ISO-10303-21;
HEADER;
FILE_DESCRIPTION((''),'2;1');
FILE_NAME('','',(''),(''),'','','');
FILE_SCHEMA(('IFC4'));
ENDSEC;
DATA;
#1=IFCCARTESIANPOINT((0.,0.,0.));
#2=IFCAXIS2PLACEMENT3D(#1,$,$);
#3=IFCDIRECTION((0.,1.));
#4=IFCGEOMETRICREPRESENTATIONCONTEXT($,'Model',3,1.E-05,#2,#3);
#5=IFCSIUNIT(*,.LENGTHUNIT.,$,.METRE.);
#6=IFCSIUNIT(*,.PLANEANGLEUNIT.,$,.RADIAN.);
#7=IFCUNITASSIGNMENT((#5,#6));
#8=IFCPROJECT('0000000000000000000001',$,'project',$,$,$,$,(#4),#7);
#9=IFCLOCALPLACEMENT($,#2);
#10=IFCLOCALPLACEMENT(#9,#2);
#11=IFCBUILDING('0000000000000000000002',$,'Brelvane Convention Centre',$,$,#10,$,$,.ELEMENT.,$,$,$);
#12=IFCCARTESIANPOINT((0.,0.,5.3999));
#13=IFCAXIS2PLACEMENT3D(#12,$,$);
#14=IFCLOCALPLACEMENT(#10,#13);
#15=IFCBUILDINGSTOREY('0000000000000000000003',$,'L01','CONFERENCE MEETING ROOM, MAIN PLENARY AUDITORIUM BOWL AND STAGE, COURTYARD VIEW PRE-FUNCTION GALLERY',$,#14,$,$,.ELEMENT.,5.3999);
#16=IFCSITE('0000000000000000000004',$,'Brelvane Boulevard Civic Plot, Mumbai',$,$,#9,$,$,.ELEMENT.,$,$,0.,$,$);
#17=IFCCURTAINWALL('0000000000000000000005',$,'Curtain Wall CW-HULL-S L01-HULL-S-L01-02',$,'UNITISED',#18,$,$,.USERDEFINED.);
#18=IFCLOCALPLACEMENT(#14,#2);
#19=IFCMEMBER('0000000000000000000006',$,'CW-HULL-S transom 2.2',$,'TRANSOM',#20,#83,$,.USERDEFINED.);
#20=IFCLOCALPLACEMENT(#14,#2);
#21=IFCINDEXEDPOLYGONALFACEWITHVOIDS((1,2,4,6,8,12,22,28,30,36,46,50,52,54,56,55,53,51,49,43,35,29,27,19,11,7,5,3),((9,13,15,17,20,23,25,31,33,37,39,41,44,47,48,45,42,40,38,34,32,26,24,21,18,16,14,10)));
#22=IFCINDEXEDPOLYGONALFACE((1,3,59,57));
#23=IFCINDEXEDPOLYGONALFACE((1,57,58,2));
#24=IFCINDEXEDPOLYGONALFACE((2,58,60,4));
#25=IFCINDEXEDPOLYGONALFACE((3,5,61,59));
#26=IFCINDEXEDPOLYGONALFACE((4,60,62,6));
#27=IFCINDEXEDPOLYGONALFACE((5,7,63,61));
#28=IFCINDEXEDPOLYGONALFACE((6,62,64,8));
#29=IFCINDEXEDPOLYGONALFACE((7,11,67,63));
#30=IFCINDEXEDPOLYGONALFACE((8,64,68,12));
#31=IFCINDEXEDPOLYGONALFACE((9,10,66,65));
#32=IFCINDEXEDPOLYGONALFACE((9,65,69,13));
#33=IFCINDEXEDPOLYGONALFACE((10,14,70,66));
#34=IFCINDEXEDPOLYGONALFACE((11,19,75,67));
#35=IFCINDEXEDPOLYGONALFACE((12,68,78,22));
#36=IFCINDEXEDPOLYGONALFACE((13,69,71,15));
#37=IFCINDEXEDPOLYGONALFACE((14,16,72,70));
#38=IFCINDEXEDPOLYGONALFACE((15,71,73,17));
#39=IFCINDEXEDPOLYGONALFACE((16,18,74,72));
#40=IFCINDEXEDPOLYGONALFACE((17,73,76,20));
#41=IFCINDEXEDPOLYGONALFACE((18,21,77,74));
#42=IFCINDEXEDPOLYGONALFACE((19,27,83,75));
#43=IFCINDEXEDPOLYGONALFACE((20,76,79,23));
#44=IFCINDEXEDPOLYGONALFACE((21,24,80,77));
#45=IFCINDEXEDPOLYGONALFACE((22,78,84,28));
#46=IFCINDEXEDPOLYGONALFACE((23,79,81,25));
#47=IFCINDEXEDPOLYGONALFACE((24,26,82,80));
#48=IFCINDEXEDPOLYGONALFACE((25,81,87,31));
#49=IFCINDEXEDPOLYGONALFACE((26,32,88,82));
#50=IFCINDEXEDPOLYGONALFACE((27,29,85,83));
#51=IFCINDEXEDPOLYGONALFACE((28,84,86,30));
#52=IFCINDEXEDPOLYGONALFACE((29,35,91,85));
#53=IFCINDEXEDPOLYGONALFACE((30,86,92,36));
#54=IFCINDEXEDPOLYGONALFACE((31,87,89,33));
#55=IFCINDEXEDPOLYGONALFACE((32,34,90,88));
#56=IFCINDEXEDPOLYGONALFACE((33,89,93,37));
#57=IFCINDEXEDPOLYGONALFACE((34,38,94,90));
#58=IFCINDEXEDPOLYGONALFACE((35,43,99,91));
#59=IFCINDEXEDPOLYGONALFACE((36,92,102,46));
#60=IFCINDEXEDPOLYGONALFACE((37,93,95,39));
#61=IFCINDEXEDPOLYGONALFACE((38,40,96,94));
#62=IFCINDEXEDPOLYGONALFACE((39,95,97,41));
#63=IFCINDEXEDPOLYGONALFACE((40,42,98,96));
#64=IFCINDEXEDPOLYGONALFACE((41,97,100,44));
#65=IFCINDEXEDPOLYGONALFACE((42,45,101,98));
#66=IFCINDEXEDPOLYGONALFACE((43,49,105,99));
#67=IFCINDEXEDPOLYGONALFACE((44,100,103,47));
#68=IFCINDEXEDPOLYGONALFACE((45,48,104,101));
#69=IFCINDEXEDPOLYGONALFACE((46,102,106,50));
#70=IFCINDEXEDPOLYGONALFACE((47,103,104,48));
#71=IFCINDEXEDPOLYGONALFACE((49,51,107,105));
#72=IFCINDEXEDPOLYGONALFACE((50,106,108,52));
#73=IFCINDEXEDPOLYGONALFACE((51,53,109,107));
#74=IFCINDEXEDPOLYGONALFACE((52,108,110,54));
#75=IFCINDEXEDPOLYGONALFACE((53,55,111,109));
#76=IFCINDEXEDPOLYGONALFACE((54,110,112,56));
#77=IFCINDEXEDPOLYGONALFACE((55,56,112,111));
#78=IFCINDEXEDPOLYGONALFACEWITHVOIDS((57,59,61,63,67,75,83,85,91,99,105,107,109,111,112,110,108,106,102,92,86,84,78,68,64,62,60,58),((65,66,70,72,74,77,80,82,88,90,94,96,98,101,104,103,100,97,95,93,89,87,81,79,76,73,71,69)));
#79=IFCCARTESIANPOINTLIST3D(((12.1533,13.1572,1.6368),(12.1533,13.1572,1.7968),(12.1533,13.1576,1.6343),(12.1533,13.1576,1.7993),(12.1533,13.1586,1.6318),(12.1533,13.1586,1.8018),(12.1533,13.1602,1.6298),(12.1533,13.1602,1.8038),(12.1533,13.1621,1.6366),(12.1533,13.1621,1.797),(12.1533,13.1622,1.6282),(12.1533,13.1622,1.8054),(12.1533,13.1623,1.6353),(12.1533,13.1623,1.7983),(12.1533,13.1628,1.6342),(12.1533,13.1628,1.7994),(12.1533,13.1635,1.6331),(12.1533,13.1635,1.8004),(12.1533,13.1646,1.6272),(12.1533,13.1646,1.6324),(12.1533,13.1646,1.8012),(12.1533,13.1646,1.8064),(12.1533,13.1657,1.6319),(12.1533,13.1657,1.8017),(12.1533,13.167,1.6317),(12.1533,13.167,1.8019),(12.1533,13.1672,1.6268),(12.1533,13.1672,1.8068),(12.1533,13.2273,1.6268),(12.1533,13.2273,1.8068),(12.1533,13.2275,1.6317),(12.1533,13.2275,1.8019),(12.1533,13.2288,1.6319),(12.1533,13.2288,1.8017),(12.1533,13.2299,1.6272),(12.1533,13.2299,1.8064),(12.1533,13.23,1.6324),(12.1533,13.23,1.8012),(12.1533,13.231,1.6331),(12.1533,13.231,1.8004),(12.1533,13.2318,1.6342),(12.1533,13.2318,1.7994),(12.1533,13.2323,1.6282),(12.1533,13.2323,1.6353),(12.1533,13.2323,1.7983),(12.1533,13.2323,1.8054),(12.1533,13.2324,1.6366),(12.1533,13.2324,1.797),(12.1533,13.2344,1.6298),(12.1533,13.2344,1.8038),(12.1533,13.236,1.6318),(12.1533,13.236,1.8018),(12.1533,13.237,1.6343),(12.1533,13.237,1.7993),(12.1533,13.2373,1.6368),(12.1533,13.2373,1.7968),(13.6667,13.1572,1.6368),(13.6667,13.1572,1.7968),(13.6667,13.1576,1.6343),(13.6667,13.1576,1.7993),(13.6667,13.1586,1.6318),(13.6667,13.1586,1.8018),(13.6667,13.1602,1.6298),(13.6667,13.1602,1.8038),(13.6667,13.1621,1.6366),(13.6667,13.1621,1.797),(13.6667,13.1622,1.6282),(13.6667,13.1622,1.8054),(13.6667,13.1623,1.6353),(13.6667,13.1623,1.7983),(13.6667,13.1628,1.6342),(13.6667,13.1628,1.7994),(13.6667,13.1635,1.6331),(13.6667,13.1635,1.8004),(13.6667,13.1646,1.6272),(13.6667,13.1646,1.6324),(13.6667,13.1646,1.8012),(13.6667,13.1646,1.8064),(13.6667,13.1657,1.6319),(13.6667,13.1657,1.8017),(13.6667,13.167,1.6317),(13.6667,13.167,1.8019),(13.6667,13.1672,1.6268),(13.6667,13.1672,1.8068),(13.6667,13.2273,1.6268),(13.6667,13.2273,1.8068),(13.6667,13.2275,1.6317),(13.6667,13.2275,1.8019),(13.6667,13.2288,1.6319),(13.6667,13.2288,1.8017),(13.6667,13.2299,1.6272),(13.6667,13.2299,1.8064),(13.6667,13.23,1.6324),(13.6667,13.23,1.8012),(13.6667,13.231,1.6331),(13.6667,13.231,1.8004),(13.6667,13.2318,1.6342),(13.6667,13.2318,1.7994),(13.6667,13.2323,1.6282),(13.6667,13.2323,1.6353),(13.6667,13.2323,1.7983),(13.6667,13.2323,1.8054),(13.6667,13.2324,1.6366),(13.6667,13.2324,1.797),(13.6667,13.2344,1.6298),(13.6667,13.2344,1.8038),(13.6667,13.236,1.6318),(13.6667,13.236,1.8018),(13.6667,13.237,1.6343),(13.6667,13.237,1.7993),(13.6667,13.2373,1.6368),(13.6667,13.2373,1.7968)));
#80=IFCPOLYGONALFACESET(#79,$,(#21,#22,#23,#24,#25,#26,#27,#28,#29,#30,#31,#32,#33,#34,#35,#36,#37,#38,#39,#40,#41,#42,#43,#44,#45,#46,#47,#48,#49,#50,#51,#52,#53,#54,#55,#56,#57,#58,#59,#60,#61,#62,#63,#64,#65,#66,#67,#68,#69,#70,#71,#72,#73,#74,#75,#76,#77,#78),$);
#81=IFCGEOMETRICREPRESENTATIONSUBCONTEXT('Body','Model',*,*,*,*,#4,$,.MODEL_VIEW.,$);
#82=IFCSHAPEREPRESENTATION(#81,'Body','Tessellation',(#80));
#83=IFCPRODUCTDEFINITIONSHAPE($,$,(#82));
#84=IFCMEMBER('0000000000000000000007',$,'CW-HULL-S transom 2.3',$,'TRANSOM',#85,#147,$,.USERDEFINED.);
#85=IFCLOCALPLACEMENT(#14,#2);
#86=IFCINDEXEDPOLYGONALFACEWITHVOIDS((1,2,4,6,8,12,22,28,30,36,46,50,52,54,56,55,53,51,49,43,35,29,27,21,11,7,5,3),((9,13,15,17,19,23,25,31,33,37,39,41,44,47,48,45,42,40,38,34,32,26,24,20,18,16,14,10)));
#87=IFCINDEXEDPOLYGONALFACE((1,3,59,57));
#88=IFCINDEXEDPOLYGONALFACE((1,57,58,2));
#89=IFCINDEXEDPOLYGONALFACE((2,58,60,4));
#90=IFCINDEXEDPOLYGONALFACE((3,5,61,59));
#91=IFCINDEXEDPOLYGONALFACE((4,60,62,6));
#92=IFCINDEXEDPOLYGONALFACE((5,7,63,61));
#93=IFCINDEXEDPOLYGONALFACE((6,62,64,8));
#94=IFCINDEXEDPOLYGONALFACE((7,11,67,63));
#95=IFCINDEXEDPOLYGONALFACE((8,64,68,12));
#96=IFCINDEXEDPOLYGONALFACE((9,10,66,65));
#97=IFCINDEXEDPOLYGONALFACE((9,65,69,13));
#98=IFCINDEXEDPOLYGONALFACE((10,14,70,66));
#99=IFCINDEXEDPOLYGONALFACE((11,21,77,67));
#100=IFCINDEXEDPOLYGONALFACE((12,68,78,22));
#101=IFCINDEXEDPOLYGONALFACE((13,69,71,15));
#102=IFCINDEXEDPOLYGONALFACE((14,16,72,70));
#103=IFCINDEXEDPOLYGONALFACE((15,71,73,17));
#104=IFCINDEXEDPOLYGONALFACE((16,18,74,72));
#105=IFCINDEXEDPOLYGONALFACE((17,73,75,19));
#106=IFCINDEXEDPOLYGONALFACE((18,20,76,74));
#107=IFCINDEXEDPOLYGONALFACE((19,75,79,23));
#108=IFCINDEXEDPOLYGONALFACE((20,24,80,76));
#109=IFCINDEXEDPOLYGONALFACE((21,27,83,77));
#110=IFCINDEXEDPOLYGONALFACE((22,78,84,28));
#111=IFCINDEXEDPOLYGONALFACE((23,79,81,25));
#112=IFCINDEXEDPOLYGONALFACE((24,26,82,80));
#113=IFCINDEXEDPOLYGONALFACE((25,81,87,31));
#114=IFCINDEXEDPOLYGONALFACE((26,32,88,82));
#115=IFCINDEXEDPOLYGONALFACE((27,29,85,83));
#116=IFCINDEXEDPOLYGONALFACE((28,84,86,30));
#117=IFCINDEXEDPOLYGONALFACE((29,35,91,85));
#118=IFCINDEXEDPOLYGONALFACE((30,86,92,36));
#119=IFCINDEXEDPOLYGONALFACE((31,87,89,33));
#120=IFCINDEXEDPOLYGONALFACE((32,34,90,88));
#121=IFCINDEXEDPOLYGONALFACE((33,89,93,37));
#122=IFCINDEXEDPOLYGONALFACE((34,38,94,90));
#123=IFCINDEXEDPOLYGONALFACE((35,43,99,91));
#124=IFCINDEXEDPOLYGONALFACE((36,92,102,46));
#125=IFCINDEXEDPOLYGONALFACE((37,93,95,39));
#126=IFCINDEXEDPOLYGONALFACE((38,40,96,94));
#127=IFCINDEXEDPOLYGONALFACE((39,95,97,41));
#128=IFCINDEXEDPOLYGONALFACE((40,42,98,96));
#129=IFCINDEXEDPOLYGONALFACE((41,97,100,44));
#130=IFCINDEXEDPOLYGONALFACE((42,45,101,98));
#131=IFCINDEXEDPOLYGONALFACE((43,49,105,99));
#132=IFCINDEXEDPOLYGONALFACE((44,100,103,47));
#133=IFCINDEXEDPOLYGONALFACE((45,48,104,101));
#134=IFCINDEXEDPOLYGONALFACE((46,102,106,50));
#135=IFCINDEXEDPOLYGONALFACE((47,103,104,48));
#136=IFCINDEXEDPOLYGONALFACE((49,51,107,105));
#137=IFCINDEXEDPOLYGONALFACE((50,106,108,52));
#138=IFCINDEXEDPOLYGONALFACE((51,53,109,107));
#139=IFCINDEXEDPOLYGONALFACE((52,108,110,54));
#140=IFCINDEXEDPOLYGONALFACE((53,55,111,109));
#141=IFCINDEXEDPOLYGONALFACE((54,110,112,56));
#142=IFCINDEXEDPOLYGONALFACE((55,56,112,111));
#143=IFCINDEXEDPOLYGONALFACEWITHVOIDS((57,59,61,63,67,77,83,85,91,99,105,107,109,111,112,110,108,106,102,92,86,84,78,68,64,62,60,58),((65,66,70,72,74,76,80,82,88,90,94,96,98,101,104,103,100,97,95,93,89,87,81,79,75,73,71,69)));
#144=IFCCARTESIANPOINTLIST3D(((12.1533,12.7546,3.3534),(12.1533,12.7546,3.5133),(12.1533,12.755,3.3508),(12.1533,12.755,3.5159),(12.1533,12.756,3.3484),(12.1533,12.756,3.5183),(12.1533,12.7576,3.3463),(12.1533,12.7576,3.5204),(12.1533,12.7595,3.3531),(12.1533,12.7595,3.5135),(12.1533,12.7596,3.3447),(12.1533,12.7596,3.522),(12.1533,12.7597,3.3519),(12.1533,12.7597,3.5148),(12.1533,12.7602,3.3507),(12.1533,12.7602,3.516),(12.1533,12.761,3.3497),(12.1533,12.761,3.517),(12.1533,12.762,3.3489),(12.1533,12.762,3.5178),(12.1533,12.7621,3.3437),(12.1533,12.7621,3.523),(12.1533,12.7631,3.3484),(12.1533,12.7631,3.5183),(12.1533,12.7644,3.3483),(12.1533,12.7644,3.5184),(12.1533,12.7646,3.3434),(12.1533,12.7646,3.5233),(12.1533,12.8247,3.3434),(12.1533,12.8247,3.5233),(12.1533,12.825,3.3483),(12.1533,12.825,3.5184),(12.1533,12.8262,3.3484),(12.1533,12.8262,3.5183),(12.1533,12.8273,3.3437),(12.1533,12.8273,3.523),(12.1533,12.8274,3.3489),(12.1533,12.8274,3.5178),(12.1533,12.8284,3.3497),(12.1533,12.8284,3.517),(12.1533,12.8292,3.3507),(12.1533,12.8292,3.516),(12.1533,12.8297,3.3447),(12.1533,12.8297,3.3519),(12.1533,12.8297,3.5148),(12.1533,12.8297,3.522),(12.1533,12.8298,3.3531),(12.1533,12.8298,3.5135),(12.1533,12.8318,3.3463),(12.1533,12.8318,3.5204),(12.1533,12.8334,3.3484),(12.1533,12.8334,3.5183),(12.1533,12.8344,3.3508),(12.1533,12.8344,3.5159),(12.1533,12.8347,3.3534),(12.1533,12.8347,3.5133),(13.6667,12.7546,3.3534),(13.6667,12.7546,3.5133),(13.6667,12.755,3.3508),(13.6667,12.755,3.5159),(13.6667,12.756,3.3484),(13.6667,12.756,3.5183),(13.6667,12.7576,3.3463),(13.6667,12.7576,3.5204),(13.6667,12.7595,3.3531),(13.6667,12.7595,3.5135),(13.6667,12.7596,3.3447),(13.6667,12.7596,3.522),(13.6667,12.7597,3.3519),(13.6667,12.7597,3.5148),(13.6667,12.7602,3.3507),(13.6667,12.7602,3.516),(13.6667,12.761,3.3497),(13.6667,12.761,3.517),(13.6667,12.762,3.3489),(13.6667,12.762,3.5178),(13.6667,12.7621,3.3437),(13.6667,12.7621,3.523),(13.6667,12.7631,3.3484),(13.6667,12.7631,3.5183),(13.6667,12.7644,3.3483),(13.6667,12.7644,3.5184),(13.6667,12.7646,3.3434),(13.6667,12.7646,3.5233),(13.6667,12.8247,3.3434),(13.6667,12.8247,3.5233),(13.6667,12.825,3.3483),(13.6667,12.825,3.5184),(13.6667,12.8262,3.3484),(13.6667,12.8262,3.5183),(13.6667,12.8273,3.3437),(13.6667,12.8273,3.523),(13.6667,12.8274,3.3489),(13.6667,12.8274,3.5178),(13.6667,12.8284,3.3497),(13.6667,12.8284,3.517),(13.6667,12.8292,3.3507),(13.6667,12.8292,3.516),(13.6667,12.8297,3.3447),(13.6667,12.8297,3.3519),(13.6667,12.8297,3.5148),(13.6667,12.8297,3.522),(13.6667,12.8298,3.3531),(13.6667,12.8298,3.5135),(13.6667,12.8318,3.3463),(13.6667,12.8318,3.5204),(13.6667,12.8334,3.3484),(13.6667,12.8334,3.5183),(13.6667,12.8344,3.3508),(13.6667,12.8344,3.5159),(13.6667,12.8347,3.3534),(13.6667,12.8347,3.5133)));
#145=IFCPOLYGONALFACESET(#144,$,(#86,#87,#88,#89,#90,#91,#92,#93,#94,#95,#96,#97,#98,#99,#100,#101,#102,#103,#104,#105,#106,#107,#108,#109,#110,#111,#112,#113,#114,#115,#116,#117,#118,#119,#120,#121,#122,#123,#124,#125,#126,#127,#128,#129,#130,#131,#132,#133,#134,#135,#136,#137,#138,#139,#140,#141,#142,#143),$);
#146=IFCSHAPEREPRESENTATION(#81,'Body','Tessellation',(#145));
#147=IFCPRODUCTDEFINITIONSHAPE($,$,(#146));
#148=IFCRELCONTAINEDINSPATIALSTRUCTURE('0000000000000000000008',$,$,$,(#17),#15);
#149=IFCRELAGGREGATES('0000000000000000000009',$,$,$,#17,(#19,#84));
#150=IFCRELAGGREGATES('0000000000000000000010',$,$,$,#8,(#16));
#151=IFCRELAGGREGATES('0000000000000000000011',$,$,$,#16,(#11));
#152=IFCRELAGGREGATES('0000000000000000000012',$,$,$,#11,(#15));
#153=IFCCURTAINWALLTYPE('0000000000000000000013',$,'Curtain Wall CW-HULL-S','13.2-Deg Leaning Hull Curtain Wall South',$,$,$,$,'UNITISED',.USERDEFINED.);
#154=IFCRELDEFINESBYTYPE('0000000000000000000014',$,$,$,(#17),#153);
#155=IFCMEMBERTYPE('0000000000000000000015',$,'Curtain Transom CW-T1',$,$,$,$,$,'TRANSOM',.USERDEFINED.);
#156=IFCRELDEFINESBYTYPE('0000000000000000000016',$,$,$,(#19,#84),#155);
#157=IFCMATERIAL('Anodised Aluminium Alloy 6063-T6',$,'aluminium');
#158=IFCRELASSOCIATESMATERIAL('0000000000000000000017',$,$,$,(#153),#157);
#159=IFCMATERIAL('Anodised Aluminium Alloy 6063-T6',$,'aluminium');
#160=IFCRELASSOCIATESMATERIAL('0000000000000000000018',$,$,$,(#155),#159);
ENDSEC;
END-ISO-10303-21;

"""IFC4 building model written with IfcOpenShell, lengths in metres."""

from ifc_helpers import new_model, si_unit, direction, frame, origin, origin_2d, place, context, subcontext, project, spatial, hollow_rectangle, extrude, material, material_profile, profile_set, type_object, element, aggregate, save


model = new_model("IFC4")

# Units and contexts
model_context = context("Model", 3, precision=1e-05, world=origin(), true_north=direction((0.0, 1.0)))
body_context = subcontext(model_context, "Body", "Model", "MODEL_VIEW")
ifc_project = project(units=[si_unit("LENGTHUNIT", "METRE"), si_unit("PLANEANGLEUNIT", "RADIAN")], contexts=[model_context])

# Site, building, storey
site_placement = place(None, origin())
site = spatial("IfcSite", under=ifc_project, at=site_placement, Name="Brelvane Boulevard Civic Plot, Mumbai", CompositionType="ELEMENT", RefElevation=0.0)
building_placement = place(site_placement, origin())
building = spatial("IfcBuilding", under=site, at=building_placement, Name="Brelvane Convention Centre", CompositionType="ELEMENT")
storey_placement = place(building_placement, frame((0.0, 0.0, 5.3999)))
storey = spatial("IfcBuildingStorey", under=building, at=storey_placement, Name="L01", Description="CONFERENCE MEETING ROOM, MAIN PLENARY AUDITORIUM BOWL AND STAGE, COURTYARD VIEW PRE-FUNCTION GALLERY", CompositionType="ELEMENT", Elevation=5.3999)

# Curtain wall, members
ifc_material_1 = material(Name="Anodised Aluminium Alloy 6063-T6", Category="aluminium")
curtain_wall_type = type_object("IfcCurtainWallType", Name="Curtain Wall CW-HULL-S", Description="13.2-Deg Leaning Hull Curtain Wall South", ElementType="UNITISED", PredefinedType="USERDEFINED", material=ifc_material_1)
ifc_material_2 = material(Name="Anodised Aluminium Alloy 6063-T6", Category="aluminium")
ifc_material_profile = material_profile(ifc_material_2, hollow_rectangle(XDim=0.0801, YDim=0.1799, WallThickness=0.0049, InnerFilletRadius=0.0049, OuterFilletRadius=0.01, at=origin_2d()), Name="ALU-T 180x80x5.0")
ifc_profile_set = profile_set([ifc_material_profile], Name="Anodised Aluminium Alloy 6063-T6")
member_type = type_object("IfcMemberType", Name="Curtain Transom CW-T1", ElementType="TRANSOM", PredefinedType="USERDEFINED", material=ifc_profile_set)
curtain_wall_1_placement = place(storey_placement, origin())
curtain_wall_1 = element("IfcCurtainWall", 1, at=curtain_wall_1_placement, inside=storey, type_object=curtain_wall_type, Name="Curtain Wall CW-HULL-S L01-HULL-S-L01-02", ObjectType="UNITISED", PredefinedType="USERDEFINED")
member_1_placement = place(storey_placement, frame((12.1533, 13.1973, 1.7168), z_axis=(1.0, 0.0, 0.0), x_axis=(0.0, 1.0, 0.0)))
member_1 = element("IfcMember", 2, at=member_1_placement, type_object=member_type, Name="CW-HULL-S transom 2.2", ObjectType="TRANSOM", PredefinedType="USERDEFINED", context=body_context, shape_type="SweptSolid", body=[
    extrude(hollow_rectangle(XDim=0.0801, YDim=0.1799, WallThickness=0.0049, InnerFilletRadius=0.0049, OuterFilletRadius=0.01, at=origin_2d()), origin(), (0.0, 0.0, 1.0), 1.5134),
])
member_2_placement = place(storey_placement, frame((12.1533, 12.7947, 3.4333), z_axis=(1.0, 0.0, 0.0), x_axis=(0.0, 1.0, 0.0)))
member_2 = element("IfcMember", 3, at=member_2_placement, type_object=member_type, Name="CW-HULL-S transom 2.3", ObjectType="TRANSOM", PredefinedType="USERDEFINED", context=body_context, shape_type="SweptSolid", body=[
    extrude(hollow_rectangle(XDim=0.0801, YDim=0.1799, WallThickness=0.0049, InnerFilletRadius=0.0049, OuterFilletRadius=0.01, at=origin_2d()), origin(), (0.0, 0.0, 1.0), 1.5134),
])

aggregate(curtain_wall_1, [member_1, member_2])

save(model, "model.ifc")
